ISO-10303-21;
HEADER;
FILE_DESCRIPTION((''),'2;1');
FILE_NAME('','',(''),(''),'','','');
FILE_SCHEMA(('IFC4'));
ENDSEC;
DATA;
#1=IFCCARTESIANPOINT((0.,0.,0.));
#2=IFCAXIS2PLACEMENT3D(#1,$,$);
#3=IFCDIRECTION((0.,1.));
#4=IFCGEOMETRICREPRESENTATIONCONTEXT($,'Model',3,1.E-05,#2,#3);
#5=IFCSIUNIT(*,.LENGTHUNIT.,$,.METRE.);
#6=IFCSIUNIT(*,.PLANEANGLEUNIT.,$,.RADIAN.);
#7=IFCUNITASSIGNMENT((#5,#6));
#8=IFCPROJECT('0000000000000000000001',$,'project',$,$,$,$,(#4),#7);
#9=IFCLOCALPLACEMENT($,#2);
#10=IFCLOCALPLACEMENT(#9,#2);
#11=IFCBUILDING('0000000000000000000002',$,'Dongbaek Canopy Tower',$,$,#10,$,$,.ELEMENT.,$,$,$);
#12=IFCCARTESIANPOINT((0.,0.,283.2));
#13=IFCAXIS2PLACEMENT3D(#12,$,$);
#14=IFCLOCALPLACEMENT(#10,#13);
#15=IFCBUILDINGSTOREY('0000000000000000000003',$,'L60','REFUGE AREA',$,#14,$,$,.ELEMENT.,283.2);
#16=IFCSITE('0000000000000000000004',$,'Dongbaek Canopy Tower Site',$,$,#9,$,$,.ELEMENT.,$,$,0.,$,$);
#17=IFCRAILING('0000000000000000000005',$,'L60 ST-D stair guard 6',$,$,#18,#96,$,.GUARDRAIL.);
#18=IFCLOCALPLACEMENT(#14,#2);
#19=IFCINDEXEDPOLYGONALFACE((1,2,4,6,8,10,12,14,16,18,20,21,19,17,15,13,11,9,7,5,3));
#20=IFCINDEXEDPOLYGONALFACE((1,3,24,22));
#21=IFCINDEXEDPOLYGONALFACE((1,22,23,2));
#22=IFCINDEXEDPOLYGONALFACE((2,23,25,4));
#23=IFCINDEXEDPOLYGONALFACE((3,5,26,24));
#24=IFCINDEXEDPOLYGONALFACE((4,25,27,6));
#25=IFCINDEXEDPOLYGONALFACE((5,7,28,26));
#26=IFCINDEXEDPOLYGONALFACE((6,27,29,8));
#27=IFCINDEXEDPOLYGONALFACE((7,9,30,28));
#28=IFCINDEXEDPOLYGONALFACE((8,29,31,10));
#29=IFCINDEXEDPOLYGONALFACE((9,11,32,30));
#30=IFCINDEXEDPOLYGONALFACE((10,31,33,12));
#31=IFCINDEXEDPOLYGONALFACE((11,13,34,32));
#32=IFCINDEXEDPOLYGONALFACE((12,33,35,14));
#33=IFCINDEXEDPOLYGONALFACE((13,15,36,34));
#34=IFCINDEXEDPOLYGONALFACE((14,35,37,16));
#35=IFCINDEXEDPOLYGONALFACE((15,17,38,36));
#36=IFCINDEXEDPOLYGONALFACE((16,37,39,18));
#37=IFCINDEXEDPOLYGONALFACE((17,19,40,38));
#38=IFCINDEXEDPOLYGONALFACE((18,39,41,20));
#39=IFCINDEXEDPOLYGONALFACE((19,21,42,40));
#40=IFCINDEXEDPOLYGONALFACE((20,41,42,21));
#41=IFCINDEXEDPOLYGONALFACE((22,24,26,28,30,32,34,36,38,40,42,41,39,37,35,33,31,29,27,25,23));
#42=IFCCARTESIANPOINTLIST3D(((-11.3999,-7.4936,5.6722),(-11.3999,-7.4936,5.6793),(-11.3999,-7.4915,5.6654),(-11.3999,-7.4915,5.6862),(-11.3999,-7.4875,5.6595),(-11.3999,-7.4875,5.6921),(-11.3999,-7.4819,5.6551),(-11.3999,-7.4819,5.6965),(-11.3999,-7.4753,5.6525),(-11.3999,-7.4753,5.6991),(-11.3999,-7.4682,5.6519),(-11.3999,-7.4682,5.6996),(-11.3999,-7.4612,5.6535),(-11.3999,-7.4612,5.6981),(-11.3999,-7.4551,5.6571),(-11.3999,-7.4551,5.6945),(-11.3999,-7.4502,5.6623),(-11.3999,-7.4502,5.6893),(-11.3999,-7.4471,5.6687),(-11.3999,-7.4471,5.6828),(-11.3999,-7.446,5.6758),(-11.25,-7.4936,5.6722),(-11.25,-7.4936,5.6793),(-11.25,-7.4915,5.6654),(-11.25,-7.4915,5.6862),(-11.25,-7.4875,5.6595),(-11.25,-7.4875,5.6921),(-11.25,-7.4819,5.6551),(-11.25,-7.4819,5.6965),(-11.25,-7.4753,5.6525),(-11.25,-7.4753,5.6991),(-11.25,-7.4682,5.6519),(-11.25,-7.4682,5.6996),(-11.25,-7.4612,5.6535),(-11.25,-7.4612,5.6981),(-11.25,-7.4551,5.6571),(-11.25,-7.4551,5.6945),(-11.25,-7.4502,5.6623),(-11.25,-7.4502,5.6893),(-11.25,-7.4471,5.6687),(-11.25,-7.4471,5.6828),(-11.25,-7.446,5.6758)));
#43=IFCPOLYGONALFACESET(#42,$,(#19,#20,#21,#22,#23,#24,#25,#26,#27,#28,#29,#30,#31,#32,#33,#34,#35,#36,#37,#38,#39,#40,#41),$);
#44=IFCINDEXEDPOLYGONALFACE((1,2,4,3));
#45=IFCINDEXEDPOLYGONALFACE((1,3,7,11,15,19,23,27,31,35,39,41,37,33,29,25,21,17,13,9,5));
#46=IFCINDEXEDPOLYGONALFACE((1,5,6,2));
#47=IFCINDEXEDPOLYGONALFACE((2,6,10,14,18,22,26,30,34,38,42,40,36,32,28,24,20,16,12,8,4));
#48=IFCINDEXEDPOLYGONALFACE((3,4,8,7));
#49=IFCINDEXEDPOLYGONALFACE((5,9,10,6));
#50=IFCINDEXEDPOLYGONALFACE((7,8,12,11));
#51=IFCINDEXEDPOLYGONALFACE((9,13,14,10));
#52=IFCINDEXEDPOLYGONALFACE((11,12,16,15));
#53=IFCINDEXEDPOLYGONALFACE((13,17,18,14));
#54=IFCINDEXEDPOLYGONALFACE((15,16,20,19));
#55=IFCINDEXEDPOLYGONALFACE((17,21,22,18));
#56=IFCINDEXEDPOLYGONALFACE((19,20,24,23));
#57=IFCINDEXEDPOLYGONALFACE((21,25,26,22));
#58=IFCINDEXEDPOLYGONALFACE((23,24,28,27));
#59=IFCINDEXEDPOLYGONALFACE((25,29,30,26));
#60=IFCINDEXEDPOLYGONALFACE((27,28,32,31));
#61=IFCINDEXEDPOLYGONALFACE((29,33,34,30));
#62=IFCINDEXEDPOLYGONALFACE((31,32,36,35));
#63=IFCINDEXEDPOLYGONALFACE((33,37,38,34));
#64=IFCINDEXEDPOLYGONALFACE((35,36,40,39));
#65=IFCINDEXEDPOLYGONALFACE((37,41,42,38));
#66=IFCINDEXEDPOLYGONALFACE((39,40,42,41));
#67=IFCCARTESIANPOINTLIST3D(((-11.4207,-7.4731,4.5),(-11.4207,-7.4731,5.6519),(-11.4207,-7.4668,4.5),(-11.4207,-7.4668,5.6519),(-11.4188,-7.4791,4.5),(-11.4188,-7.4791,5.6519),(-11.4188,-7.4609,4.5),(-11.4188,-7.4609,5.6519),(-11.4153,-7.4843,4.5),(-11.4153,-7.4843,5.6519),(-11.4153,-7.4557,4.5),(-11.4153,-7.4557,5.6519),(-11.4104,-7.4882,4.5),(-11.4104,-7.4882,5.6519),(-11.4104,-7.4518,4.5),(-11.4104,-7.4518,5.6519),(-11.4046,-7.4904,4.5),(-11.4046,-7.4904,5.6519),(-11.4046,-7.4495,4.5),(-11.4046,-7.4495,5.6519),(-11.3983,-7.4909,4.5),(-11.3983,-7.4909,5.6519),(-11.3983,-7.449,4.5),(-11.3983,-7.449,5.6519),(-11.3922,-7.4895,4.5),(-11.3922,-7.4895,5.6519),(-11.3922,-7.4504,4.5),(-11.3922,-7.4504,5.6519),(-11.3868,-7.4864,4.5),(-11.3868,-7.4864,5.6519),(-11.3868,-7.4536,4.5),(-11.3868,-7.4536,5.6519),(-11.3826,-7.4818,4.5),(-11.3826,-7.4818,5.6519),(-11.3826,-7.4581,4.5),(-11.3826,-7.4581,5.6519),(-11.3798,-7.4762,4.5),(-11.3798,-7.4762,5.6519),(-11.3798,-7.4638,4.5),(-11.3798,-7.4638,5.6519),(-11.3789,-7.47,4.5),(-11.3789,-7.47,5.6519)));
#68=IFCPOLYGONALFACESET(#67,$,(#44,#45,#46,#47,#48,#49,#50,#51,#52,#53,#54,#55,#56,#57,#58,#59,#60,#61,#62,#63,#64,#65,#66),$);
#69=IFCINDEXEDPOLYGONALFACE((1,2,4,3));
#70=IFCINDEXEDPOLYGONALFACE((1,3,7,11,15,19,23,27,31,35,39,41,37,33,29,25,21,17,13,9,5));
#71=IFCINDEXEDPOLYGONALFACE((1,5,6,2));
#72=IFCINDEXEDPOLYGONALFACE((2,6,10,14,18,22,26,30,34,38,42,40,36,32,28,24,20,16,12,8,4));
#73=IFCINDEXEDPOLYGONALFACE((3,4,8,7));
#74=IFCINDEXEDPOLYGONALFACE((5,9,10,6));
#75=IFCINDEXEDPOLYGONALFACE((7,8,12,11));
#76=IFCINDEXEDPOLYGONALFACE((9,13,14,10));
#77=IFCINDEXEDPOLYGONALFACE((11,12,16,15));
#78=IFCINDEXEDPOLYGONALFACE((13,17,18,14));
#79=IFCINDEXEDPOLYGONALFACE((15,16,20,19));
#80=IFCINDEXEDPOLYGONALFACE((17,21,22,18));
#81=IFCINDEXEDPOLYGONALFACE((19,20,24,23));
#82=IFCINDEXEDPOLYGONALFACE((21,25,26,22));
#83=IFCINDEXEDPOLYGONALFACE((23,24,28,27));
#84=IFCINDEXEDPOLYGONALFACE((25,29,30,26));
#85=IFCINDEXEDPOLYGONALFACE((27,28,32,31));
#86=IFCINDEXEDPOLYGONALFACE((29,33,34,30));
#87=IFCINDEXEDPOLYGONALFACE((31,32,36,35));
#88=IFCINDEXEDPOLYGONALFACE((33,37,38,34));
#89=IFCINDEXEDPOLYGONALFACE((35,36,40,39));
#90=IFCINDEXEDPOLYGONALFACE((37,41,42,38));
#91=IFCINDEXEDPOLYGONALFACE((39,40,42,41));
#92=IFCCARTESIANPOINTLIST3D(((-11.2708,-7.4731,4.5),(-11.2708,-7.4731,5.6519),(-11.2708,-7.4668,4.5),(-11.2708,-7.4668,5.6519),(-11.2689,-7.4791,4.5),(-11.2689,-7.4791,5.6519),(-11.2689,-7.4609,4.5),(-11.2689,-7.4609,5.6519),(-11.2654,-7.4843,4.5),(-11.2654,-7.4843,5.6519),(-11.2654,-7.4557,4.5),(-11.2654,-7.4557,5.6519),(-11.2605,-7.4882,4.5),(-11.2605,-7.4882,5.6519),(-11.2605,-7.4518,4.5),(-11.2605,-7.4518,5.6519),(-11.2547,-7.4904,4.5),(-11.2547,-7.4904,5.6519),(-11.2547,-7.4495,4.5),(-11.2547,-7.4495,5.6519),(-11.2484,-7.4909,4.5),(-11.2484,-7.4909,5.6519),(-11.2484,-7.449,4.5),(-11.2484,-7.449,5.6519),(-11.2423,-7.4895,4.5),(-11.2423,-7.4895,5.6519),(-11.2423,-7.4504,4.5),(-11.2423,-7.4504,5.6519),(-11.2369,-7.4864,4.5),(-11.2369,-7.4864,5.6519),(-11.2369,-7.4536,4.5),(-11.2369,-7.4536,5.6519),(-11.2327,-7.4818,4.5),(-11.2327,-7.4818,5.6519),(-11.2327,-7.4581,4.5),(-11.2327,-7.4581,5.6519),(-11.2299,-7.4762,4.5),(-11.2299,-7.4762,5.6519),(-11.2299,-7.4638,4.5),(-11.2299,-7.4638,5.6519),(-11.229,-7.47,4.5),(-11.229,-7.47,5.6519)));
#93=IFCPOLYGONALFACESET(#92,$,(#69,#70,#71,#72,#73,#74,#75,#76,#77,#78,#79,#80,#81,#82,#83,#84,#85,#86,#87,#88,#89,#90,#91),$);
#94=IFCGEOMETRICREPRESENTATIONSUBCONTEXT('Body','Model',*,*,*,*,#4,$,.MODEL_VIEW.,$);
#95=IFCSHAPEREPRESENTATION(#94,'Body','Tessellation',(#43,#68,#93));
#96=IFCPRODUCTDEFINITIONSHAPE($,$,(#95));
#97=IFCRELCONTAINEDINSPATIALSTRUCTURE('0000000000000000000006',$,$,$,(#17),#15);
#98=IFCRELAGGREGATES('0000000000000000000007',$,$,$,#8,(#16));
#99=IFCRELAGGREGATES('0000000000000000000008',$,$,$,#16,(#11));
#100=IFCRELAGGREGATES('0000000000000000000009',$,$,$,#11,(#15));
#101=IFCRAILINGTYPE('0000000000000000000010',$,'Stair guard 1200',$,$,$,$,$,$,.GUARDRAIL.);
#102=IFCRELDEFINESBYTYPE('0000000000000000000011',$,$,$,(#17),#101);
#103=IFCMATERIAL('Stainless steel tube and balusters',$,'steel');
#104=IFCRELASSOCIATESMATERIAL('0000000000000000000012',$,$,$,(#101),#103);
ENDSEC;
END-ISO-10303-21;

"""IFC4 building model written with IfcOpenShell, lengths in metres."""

from ifc_helpers import new_model, si_unit, direction, frame, origin, origin_2d, place, context, subcontext, project, spatial, circle, extrude, material, type_object, element, save


model = new_model("IFC4")

# Units and contexts
model_context = context("Model", 3, precision=1e-05, world=origin(), true_north=direction((0.0, 1.0)))
body_context = subcontext(model_context, "Body", "Model", "MODEL_VIEW")
ifc_project = project(units=[si_unit("LENGTHUNIT", "METRE"), si_unit("PLANEANGLEUNIT", "RADIAN")], contexts=[model_context])

# Site, building, storey
site_placement = place(None, origin())
site = spatial("IfcSite", under=ifc_project, at=site_placement, Name="Dongbaek Canopy Tower Site", CompositionType="ELEMENT", RefElevation=0.0)
building_placement = place(site_placement, origin())
building = spatial("IfcBuilding", under=site, at=building_placement, Name="Dongbaek Canopy Tower", CompositionType="ELEMENT")
storey_placement = place(building_placement, frame((0.0, 0.0, 283.2)))
storey = spatial("IfcBuildingStorey", under=building, at=storey_placement, Name="L60", Description="REFUGE AREA", CompositionType="ELEMENT", Elevation=283.2)

# Railing
ifc_material_1 = material(Name="Stainless steel tube and balusters", Category="steel")
railing_type_1 = type_object("IfcRailingType", Name="Stair guard 1200", PredefinedType="GUARDRAIL", material=ifc_material_1)
railing_1_placement = place(storey_placement, frame((-11.3999, -7.47, 4.5)))
element("IfcRailing", 1, at=railing_1_placement, inside=storey, type_object=railing_type_1, Name="L60 ST-D stair guard 6", PredefinedType="GUARDRAIL", context=body_context, shape_type="SweptSolid", body=[
    extrude(circle(Radius=0.0239, at=origin_2d()), frame((0.0, 0.0, 1.1758), z_axis=(1.0, 0.0, 0.0), x_axis=(0.0, 1.0, 0.0)), (0.0, 0.0, 1.0), 0.1499),
    extrude(circle(Radius=0.021, at=origin_2d()), origin(), (0.0, 0.0, 1.0), 1.1519),
    extrude(circle(Radius=0.021, at=origin_2d()), frame((0.1499, 0.0, 0.0)), (0.0, 0.0, 1.0), 1.1519),
])

save(model, "model.ifc")
